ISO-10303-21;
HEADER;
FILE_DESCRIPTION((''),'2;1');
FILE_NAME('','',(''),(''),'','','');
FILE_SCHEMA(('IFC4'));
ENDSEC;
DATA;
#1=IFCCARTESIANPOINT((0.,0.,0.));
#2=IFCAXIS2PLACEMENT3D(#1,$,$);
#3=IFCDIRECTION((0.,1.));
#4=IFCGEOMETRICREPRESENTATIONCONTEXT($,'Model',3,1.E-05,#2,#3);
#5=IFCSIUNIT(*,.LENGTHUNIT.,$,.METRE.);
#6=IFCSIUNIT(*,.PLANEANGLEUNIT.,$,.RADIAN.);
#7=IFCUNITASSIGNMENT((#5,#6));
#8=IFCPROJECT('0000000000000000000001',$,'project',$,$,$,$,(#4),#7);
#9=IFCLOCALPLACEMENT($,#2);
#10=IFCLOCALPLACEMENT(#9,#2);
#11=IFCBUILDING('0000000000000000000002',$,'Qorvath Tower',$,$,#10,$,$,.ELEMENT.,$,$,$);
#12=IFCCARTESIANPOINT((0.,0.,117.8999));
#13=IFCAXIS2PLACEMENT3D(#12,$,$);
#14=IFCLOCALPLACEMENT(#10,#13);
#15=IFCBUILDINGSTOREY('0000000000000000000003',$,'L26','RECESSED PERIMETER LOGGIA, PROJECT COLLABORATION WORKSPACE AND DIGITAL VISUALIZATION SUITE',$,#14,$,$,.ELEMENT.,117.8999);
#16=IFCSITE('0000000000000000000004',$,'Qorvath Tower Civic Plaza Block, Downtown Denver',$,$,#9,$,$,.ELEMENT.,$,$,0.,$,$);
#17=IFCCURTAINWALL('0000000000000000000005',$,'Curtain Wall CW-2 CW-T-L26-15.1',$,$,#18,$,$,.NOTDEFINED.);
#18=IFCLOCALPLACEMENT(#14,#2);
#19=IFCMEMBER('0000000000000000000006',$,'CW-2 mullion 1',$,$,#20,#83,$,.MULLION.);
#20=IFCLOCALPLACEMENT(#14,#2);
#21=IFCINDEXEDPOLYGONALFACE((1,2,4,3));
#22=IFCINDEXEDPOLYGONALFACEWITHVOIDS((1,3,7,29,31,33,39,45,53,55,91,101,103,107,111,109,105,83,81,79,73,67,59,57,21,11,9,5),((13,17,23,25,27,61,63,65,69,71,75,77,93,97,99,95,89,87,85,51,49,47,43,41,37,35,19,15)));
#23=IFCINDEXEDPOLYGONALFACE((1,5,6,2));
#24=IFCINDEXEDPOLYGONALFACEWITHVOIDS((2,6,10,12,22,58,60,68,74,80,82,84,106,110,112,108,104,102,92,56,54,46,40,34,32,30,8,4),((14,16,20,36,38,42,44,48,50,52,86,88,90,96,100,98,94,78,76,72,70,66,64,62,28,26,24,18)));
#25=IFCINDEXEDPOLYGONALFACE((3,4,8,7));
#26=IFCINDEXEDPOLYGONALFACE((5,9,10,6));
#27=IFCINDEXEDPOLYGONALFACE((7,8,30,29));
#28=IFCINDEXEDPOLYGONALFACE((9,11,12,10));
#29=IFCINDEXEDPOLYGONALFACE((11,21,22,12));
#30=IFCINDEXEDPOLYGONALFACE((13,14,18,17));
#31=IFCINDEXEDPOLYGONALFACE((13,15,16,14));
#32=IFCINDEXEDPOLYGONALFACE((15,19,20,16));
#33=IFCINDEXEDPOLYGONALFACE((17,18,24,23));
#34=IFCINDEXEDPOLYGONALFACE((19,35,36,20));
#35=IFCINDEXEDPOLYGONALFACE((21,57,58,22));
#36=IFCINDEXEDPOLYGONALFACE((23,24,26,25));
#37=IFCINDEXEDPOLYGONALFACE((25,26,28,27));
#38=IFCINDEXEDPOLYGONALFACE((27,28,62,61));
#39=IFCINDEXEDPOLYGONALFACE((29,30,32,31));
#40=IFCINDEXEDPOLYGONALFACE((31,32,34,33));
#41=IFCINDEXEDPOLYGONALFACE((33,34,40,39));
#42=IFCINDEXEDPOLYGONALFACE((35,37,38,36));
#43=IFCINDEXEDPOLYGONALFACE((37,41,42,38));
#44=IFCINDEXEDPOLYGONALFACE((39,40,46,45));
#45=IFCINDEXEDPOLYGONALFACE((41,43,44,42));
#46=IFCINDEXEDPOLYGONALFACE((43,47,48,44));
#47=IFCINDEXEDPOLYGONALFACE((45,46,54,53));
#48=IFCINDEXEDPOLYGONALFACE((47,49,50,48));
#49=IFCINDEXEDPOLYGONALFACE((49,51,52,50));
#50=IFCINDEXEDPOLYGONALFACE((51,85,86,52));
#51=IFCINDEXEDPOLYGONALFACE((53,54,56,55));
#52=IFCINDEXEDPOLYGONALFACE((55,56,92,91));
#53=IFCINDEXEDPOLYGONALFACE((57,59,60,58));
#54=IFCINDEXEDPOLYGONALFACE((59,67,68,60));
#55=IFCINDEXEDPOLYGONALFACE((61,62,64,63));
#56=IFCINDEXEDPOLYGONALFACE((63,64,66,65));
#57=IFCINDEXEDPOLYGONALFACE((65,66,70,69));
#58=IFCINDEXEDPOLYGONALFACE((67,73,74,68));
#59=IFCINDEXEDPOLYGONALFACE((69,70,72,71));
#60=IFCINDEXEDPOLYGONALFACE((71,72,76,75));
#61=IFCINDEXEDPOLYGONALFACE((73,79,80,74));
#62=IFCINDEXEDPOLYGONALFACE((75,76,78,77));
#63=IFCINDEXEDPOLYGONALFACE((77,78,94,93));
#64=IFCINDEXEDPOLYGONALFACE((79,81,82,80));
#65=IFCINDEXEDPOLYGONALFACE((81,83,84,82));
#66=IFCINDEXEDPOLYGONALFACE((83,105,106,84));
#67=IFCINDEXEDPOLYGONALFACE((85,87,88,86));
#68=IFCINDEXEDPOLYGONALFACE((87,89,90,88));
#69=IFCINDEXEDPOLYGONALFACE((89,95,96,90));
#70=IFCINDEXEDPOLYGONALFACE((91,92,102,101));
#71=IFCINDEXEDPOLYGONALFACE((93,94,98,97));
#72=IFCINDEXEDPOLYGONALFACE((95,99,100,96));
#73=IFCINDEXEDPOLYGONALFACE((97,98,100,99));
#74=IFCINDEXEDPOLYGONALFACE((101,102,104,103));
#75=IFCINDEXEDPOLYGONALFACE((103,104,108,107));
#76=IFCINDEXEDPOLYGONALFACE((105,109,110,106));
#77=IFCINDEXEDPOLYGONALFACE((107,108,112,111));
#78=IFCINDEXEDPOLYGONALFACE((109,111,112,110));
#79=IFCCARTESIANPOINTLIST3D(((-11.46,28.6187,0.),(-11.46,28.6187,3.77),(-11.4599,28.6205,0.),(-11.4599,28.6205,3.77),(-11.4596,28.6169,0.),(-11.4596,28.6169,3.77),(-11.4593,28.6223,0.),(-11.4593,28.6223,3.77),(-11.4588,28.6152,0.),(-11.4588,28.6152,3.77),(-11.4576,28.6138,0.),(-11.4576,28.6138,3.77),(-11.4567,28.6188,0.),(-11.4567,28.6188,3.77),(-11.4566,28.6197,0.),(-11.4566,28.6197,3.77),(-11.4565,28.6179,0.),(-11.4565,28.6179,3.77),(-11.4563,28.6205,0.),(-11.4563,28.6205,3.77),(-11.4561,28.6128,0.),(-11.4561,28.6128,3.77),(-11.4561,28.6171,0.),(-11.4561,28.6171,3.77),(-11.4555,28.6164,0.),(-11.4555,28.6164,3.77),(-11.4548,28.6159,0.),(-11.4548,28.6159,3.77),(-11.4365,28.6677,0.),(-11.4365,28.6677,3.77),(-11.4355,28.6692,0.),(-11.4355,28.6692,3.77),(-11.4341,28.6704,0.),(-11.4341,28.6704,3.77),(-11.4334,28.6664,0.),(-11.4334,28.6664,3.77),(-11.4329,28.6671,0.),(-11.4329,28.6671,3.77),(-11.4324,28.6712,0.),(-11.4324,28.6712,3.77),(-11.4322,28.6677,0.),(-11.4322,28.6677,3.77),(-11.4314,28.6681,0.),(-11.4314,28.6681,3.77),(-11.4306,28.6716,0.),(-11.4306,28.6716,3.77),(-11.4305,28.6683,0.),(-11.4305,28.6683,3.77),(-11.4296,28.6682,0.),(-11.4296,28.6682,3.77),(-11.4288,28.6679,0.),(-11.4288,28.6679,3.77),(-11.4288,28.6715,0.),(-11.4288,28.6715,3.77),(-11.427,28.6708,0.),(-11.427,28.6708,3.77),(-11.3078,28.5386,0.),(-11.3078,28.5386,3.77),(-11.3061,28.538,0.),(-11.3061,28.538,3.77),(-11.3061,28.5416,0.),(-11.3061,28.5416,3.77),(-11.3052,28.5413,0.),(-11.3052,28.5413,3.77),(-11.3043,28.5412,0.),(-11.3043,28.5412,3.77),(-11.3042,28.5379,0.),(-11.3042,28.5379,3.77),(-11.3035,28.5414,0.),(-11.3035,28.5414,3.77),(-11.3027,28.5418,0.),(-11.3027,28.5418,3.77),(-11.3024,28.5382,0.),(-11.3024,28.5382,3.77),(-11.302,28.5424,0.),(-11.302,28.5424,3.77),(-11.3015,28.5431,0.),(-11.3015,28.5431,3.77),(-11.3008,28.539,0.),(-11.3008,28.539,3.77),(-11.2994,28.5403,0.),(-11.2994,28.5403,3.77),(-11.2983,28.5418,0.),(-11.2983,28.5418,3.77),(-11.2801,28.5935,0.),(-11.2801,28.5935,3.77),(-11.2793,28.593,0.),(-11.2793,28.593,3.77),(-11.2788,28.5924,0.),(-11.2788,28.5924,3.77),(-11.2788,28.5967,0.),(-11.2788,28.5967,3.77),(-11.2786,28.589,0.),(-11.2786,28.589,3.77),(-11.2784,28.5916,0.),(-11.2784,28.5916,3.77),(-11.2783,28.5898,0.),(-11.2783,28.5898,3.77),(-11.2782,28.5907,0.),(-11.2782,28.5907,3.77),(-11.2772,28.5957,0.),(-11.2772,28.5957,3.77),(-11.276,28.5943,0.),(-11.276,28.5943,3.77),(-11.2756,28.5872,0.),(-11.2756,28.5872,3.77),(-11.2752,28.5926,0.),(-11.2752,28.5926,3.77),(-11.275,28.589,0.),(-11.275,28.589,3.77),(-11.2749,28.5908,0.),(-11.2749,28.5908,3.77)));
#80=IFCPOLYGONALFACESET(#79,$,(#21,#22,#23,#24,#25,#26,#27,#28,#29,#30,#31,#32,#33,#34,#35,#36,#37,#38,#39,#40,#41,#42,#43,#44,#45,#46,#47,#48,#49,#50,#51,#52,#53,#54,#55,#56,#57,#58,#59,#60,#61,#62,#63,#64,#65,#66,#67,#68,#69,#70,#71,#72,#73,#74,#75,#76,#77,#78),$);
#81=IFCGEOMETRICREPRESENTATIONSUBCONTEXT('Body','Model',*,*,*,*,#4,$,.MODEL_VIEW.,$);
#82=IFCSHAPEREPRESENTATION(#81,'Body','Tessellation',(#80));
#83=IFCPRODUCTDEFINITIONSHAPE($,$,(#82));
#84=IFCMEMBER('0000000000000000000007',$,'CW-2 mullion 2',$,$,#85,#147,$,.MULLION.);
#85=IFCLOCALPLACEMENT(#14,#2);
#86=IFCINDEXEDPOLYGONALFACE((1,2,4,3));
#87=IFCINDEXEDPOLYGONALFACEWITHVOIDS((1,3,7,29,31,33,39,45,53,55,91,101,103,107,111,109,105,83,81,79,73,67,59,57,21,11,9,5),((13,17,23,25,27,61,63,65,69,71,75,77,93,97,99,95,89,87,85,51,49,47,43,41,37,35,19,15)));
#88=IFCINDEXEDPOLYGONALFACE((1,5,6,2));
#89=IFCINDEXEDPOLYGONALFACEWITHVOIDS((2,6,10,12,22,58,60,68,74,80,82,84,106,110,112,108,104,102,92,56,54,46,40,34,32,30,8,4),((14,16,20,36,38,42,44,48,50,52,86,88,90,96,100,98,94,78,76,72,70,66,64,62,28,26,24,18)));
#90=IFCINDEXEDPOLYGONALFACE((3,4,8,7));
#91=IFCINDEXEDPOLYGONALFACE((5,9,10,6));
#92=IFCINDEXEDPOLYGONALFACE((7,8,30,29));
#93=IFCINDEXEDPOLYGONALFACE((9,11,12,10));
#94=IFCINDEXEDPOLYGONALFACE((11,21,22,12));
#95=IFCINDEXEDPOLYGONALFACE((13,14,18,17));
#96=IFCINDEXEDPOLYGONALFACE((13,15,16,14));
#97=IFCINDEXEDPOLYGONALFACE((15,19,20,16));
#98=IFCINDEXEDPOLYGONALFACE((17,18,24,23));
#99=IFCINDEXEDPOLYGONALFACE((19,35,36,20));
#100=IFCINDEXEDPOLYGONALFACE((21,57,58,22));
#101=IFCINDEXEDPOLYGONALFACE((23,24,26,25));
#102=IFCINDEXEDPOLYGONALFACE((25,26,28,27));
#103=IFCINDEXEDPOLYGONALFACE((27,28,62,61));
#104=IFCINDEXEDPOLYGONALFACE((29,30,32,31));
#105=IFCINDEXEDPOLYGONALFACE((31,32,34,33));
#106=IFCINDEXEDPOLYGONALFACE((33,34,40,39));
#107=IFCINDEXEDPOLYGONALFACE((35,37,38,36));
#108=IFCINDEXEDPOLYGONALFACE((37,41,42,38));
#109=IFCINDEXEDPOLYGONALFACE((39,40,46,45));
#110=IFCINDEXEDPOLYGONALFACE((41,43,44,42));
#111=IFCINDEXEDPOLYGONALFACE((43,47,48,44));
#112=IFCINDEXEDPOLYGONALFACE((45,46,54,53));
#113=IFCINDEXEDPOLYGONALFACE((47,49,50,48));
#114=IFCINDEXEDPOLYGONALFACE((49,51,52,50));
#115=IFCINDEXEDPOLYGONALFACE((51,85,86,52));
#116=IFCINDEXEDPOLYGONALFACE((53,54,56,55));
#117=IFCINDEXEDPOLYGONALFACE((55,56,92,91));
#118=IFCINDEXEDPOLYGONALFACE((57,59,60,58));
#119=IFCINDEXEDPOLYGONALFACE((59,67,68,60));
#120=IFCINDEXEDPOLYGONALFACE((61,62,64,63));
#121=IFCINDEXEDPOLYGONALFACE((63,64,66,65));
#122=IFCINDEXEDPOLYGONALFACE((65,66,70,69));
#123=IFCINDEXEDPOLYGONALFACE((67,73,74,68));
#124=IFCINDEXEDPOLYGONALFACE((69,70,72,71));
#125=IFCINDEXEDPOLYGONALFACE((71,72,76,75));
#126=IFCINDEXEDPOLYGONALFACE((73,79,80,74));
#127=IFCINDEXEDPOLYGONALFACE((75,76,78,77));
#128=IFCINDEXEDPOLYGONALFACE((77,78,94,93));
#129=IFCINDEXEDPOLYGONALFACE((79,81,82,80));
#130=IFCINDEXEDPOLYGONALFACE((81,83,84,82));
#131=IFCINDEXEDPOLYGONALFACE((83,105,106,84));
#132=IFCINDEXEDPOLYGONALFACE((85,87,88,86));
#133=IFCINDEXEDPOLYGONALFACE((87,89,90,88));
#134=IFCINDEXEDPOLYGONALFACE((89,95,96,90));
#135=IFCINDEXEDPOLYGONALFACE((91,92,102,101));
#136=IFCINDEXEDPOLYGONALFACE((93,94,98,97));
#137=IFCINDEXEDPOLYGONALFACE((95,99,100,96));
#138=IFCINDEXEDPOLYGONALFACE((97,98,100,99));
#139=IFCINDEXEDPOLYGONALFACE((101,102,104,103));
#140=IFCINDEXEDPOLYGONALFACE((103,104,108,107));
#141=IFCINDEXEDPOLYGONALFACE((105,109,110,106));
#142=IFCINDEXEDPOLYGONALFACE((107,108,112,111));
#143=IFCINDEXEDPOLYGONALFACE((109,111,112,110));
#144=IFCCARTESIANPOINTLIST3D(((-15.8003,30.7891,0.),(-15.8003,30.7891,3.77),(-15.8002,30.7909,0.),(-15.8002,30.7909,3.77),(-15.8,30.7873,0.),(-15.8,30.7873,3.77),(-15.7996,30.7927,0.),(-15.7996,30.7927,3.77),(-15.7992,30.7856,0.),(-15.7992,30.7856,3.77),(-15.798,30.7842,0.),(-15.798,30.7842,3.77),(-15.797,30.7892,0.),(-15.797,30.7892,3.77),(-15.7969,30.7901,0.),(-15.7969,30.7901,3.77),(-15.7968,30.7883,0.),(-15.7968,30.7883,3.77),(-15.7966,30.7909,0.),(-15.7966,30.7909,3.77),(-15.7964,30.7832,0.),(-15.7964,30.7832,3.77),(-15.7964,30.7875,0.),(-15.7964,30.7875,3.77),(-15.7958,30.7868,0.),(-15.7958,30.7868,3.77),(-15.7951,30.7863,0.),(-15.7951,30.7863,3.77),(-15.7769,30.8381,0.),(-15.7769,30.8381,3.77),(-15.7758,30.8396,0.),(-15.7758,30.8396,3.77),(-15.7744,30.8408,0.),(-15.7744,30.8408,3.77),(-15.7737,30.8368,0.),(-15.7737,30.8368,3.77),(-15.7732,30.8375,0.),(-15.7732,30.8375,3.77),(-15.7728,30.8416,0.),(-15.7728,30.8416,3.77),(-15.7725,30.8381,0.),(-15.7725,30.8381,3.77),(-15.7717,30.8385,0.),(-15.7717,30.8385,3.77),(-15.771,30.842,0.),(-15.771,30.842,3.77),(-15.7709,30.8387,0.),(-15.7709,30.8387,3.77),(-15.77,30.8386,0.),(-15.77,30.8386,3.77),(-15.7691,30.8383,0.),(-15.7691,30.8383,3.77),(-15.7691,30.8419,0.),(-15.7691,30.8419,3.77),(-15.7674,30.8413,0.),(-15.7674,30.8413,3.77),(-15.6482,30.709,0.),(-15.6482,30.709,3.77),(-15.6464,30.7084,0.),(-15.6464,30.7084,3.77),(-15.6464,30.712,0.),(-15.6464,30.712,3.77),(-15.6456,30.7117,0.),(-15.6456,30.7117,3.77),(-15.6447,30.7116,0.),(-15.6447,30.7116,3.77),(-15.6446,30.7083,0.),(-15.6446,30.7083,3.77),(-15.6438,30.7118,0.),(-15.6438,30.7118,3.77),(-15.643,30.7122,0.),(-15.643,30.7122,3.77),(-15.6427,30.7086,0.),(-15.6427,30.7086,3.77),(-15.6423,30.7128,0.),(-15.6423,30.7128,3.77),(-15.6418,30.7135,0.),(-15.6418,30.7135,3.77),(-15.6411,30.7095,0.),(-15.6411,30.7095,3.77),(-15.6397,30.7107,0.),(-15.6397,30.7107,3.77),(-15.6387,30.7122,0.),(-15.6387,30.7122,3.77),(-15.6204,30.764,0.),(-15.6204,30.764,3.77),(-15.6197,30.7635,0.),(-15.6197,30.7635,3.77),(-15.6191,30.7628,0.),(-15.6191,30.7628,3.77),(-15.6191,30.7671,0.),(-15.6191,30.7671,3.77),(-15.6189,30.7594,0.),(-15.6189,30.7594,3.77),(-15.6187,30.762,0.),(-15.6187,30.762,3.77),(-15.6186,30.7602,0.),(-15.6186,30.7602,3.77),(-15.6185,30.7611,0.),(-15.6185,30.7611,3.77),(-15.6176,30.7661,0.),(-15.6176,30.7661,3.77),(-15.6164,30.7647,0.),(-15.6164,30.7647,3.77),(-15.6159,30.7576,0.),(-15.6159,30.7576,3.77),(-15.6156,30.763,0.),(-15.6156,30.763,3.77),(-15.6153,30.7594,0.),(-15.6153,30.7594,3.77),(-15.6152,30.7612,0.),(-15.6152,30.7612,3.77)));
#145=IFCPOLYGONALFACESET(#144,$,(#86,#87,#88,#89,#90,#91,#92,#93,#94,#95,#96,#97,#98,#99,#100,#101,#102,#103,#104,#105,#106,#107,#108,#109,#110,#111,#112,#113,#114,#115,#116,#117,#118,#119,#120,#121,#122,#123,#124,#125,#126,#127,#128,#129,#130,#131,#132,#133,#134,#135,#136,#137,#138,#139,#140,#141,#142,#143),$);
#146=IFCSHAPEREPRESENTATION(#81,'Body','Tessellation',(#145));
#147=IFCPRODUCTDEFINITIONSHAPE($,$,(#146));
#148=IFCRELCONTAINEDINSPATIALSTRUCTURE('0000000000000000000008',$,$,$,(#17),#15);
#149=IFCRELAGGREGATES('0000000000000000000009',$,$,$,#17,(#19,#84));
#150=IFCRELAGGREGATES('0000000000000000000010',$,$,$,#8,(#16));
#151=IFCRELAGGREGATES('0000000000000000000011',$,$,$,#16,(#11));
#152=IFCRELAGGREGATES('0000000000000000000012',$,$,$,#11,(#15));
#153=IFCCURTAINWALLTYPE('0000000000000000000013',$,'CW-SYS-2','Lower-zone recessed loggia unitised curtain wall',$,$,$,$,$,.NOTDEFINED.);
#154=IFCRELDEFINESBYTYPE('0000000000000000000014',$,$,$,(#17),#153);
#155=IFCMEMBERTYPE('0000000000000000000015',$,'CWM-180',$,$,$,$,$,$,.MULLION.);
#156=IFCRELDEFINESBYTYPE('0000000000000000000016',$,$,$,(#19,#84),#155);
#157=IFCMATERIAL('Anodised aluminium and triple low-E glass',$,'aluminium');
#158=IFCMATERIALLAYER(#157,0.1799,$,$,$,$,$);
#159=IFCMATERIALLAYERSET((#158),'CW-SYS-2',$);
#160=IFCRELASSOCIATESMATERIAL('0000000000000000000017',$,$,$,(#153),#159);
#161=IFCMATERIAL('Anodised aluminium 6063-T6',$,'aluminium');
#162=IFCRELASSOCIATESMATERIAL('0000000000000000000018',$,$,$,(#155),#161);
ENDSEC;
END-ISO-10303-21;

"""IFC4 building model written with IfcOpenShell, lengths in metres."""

from ifc_helpers import new_model, si_unit, direction, frame, origin, origin_2d, place, context, subcontext, project, spatial, hollow_rectangle, extrude, material, layer, layer_set, material_profile, profile_set, type_object, element, aggregate, save


model = new_model("IFC4")

# Units and contexts
model_context = context("Model", 3, precision=1e-05, world=origin(), true_north=direction((0.0, 1.0)))
body_context = subcontext(model_context, "Body", "Model", "MODEL_VIEW")
ifc_project = project(units=[si_unit("LENGTHUNIT", "METRE"), si_unit("PLANEANGLEUNIT", "RADIAN")], contexts=[model_context])

# Site, building, storey
site_placement = place(None, origin())
site = spatial("IfcSite", under=ifc_project, at=site_placement, Name="Qorvath Tower Civic Plaza Block, Downtown Denver", CompositionType="ELEMENT", RefElevation=0.0)
building_placement = place(site_placement, origin())
building = spatial("IfcBuilding", under=site, at=building_placement, Name="Qorvath Tower", CompositionType="ELEMENT")
storey_placement = place(building_placement, frame((0.0, 0.0, 117.8999)))
storey = spatial("IfcBuildingStorey", under=building, at=storey_placement, Name="L26", Description="RECESSED PERIMETER LOGGIA, PROJECT COLLABORATION WORKSPACE AND DIGITAL VISUALIZATION SUITE", CompositionType="ELEMENT", Elevation=117.8999)

# Curtain wall, members
ifc_material_1 = material(Name="Anodised aluminium and triple low-E glass", Category="aluminium")
ifc_layer_1 = layer(ifc_material_1, 0.1799)
ifc_layer_set_1 = layer_set([ifc_layer_1], Name="CW-SYS-2")
curtain_wall_type = type_object("IfcCurtainWallType", Name="CW-SYS-2", Description="Lower-zone recessed loggia unitised curtain wall", PredefinedType="NOTDEFINED", material=ifc_layer_set_1)
ifc_material_2 = material(Name="Anodised aluminium 6063-T6", Category="aluminium")
ifc_material_profile_1 = material_profile(ifc_material_2, hollow_rectangle(XDim=0.0649, YDim=0.1799, WallThickness=0.0034, InnerFilletRadius=0.0034, OuterFilletRadius=0.0071, at=origin_2d()), Name="CWM 180x65")
ifc_profile_set_1 = profile_set([ifc_material_profile_1], Name="Anodised aluminium 6063-T6")
member_type_1 = type_object("IfcMemberType", Name="CWM-180", PredefinedType="MULLION", material=ifc_profile_set_1)
curtain_wall_1_placement = place(storey_placement, origin())
curtain_wall_1 = element("IfcCurtainWall", 1, at=curtain_wall_1_placement, inside=storey, type_object=curtain_wall_type, Name="Curtain Wall CW-2 CW-T-L26-15.1", PredefinedType="NOTDEFINED")
member_1_placement = place(storey_placement, frame((-11.3674, 28.6047, 0.0), z_axis=(0.0, 0.0, 1.0), x_axis=(-0.447262, -0.894403, 0.0)))
member_1 = element("IfcMember", 2, at=member_1_placement, type_object=member_type_1, Name="CW-2 mullion 1", PredefinedType="MULLION", context=body_context, shape_type="SweptSolid", body=[
    extrude(hollow_rectangle(XDim=0.0649, YDim=0.1799, WallThickness=0.0034, InnerFilletRadius=0.0034, OuterFilletRadius=0.0071, at=origin_2d()), origin(), (0.0, 0.0, 1.0), 3.77),
])
member_2_placement = place(storey_placement, frame((-15.7078, 30.7751, 0.0), z_axis=(0.0, 0.0, 1.0), x_axis=(-0.447262, -0.894403, 0.0)))
member_2 = element("IfcMember", 3, at=member_2_placement, type_object=member_type_1, Name="CW-2 mullion 2", PredefinedType="MULLION", context=body_context, shape_type="SweptSolid", body=[
    extrude(hollow_rectangle(XDim=0.0649, YDim=0.1799, WallThickness=0.0034, InnerFilletRadius=0.0034, OuterFilletRadius=0.0071, at=origin_2d()), origin(), (0.0, 0.0, 1.0), 3.77),
])

aggregate(curtain_wall_1, [member_1, member_2])

save(model, "model.ifc")
